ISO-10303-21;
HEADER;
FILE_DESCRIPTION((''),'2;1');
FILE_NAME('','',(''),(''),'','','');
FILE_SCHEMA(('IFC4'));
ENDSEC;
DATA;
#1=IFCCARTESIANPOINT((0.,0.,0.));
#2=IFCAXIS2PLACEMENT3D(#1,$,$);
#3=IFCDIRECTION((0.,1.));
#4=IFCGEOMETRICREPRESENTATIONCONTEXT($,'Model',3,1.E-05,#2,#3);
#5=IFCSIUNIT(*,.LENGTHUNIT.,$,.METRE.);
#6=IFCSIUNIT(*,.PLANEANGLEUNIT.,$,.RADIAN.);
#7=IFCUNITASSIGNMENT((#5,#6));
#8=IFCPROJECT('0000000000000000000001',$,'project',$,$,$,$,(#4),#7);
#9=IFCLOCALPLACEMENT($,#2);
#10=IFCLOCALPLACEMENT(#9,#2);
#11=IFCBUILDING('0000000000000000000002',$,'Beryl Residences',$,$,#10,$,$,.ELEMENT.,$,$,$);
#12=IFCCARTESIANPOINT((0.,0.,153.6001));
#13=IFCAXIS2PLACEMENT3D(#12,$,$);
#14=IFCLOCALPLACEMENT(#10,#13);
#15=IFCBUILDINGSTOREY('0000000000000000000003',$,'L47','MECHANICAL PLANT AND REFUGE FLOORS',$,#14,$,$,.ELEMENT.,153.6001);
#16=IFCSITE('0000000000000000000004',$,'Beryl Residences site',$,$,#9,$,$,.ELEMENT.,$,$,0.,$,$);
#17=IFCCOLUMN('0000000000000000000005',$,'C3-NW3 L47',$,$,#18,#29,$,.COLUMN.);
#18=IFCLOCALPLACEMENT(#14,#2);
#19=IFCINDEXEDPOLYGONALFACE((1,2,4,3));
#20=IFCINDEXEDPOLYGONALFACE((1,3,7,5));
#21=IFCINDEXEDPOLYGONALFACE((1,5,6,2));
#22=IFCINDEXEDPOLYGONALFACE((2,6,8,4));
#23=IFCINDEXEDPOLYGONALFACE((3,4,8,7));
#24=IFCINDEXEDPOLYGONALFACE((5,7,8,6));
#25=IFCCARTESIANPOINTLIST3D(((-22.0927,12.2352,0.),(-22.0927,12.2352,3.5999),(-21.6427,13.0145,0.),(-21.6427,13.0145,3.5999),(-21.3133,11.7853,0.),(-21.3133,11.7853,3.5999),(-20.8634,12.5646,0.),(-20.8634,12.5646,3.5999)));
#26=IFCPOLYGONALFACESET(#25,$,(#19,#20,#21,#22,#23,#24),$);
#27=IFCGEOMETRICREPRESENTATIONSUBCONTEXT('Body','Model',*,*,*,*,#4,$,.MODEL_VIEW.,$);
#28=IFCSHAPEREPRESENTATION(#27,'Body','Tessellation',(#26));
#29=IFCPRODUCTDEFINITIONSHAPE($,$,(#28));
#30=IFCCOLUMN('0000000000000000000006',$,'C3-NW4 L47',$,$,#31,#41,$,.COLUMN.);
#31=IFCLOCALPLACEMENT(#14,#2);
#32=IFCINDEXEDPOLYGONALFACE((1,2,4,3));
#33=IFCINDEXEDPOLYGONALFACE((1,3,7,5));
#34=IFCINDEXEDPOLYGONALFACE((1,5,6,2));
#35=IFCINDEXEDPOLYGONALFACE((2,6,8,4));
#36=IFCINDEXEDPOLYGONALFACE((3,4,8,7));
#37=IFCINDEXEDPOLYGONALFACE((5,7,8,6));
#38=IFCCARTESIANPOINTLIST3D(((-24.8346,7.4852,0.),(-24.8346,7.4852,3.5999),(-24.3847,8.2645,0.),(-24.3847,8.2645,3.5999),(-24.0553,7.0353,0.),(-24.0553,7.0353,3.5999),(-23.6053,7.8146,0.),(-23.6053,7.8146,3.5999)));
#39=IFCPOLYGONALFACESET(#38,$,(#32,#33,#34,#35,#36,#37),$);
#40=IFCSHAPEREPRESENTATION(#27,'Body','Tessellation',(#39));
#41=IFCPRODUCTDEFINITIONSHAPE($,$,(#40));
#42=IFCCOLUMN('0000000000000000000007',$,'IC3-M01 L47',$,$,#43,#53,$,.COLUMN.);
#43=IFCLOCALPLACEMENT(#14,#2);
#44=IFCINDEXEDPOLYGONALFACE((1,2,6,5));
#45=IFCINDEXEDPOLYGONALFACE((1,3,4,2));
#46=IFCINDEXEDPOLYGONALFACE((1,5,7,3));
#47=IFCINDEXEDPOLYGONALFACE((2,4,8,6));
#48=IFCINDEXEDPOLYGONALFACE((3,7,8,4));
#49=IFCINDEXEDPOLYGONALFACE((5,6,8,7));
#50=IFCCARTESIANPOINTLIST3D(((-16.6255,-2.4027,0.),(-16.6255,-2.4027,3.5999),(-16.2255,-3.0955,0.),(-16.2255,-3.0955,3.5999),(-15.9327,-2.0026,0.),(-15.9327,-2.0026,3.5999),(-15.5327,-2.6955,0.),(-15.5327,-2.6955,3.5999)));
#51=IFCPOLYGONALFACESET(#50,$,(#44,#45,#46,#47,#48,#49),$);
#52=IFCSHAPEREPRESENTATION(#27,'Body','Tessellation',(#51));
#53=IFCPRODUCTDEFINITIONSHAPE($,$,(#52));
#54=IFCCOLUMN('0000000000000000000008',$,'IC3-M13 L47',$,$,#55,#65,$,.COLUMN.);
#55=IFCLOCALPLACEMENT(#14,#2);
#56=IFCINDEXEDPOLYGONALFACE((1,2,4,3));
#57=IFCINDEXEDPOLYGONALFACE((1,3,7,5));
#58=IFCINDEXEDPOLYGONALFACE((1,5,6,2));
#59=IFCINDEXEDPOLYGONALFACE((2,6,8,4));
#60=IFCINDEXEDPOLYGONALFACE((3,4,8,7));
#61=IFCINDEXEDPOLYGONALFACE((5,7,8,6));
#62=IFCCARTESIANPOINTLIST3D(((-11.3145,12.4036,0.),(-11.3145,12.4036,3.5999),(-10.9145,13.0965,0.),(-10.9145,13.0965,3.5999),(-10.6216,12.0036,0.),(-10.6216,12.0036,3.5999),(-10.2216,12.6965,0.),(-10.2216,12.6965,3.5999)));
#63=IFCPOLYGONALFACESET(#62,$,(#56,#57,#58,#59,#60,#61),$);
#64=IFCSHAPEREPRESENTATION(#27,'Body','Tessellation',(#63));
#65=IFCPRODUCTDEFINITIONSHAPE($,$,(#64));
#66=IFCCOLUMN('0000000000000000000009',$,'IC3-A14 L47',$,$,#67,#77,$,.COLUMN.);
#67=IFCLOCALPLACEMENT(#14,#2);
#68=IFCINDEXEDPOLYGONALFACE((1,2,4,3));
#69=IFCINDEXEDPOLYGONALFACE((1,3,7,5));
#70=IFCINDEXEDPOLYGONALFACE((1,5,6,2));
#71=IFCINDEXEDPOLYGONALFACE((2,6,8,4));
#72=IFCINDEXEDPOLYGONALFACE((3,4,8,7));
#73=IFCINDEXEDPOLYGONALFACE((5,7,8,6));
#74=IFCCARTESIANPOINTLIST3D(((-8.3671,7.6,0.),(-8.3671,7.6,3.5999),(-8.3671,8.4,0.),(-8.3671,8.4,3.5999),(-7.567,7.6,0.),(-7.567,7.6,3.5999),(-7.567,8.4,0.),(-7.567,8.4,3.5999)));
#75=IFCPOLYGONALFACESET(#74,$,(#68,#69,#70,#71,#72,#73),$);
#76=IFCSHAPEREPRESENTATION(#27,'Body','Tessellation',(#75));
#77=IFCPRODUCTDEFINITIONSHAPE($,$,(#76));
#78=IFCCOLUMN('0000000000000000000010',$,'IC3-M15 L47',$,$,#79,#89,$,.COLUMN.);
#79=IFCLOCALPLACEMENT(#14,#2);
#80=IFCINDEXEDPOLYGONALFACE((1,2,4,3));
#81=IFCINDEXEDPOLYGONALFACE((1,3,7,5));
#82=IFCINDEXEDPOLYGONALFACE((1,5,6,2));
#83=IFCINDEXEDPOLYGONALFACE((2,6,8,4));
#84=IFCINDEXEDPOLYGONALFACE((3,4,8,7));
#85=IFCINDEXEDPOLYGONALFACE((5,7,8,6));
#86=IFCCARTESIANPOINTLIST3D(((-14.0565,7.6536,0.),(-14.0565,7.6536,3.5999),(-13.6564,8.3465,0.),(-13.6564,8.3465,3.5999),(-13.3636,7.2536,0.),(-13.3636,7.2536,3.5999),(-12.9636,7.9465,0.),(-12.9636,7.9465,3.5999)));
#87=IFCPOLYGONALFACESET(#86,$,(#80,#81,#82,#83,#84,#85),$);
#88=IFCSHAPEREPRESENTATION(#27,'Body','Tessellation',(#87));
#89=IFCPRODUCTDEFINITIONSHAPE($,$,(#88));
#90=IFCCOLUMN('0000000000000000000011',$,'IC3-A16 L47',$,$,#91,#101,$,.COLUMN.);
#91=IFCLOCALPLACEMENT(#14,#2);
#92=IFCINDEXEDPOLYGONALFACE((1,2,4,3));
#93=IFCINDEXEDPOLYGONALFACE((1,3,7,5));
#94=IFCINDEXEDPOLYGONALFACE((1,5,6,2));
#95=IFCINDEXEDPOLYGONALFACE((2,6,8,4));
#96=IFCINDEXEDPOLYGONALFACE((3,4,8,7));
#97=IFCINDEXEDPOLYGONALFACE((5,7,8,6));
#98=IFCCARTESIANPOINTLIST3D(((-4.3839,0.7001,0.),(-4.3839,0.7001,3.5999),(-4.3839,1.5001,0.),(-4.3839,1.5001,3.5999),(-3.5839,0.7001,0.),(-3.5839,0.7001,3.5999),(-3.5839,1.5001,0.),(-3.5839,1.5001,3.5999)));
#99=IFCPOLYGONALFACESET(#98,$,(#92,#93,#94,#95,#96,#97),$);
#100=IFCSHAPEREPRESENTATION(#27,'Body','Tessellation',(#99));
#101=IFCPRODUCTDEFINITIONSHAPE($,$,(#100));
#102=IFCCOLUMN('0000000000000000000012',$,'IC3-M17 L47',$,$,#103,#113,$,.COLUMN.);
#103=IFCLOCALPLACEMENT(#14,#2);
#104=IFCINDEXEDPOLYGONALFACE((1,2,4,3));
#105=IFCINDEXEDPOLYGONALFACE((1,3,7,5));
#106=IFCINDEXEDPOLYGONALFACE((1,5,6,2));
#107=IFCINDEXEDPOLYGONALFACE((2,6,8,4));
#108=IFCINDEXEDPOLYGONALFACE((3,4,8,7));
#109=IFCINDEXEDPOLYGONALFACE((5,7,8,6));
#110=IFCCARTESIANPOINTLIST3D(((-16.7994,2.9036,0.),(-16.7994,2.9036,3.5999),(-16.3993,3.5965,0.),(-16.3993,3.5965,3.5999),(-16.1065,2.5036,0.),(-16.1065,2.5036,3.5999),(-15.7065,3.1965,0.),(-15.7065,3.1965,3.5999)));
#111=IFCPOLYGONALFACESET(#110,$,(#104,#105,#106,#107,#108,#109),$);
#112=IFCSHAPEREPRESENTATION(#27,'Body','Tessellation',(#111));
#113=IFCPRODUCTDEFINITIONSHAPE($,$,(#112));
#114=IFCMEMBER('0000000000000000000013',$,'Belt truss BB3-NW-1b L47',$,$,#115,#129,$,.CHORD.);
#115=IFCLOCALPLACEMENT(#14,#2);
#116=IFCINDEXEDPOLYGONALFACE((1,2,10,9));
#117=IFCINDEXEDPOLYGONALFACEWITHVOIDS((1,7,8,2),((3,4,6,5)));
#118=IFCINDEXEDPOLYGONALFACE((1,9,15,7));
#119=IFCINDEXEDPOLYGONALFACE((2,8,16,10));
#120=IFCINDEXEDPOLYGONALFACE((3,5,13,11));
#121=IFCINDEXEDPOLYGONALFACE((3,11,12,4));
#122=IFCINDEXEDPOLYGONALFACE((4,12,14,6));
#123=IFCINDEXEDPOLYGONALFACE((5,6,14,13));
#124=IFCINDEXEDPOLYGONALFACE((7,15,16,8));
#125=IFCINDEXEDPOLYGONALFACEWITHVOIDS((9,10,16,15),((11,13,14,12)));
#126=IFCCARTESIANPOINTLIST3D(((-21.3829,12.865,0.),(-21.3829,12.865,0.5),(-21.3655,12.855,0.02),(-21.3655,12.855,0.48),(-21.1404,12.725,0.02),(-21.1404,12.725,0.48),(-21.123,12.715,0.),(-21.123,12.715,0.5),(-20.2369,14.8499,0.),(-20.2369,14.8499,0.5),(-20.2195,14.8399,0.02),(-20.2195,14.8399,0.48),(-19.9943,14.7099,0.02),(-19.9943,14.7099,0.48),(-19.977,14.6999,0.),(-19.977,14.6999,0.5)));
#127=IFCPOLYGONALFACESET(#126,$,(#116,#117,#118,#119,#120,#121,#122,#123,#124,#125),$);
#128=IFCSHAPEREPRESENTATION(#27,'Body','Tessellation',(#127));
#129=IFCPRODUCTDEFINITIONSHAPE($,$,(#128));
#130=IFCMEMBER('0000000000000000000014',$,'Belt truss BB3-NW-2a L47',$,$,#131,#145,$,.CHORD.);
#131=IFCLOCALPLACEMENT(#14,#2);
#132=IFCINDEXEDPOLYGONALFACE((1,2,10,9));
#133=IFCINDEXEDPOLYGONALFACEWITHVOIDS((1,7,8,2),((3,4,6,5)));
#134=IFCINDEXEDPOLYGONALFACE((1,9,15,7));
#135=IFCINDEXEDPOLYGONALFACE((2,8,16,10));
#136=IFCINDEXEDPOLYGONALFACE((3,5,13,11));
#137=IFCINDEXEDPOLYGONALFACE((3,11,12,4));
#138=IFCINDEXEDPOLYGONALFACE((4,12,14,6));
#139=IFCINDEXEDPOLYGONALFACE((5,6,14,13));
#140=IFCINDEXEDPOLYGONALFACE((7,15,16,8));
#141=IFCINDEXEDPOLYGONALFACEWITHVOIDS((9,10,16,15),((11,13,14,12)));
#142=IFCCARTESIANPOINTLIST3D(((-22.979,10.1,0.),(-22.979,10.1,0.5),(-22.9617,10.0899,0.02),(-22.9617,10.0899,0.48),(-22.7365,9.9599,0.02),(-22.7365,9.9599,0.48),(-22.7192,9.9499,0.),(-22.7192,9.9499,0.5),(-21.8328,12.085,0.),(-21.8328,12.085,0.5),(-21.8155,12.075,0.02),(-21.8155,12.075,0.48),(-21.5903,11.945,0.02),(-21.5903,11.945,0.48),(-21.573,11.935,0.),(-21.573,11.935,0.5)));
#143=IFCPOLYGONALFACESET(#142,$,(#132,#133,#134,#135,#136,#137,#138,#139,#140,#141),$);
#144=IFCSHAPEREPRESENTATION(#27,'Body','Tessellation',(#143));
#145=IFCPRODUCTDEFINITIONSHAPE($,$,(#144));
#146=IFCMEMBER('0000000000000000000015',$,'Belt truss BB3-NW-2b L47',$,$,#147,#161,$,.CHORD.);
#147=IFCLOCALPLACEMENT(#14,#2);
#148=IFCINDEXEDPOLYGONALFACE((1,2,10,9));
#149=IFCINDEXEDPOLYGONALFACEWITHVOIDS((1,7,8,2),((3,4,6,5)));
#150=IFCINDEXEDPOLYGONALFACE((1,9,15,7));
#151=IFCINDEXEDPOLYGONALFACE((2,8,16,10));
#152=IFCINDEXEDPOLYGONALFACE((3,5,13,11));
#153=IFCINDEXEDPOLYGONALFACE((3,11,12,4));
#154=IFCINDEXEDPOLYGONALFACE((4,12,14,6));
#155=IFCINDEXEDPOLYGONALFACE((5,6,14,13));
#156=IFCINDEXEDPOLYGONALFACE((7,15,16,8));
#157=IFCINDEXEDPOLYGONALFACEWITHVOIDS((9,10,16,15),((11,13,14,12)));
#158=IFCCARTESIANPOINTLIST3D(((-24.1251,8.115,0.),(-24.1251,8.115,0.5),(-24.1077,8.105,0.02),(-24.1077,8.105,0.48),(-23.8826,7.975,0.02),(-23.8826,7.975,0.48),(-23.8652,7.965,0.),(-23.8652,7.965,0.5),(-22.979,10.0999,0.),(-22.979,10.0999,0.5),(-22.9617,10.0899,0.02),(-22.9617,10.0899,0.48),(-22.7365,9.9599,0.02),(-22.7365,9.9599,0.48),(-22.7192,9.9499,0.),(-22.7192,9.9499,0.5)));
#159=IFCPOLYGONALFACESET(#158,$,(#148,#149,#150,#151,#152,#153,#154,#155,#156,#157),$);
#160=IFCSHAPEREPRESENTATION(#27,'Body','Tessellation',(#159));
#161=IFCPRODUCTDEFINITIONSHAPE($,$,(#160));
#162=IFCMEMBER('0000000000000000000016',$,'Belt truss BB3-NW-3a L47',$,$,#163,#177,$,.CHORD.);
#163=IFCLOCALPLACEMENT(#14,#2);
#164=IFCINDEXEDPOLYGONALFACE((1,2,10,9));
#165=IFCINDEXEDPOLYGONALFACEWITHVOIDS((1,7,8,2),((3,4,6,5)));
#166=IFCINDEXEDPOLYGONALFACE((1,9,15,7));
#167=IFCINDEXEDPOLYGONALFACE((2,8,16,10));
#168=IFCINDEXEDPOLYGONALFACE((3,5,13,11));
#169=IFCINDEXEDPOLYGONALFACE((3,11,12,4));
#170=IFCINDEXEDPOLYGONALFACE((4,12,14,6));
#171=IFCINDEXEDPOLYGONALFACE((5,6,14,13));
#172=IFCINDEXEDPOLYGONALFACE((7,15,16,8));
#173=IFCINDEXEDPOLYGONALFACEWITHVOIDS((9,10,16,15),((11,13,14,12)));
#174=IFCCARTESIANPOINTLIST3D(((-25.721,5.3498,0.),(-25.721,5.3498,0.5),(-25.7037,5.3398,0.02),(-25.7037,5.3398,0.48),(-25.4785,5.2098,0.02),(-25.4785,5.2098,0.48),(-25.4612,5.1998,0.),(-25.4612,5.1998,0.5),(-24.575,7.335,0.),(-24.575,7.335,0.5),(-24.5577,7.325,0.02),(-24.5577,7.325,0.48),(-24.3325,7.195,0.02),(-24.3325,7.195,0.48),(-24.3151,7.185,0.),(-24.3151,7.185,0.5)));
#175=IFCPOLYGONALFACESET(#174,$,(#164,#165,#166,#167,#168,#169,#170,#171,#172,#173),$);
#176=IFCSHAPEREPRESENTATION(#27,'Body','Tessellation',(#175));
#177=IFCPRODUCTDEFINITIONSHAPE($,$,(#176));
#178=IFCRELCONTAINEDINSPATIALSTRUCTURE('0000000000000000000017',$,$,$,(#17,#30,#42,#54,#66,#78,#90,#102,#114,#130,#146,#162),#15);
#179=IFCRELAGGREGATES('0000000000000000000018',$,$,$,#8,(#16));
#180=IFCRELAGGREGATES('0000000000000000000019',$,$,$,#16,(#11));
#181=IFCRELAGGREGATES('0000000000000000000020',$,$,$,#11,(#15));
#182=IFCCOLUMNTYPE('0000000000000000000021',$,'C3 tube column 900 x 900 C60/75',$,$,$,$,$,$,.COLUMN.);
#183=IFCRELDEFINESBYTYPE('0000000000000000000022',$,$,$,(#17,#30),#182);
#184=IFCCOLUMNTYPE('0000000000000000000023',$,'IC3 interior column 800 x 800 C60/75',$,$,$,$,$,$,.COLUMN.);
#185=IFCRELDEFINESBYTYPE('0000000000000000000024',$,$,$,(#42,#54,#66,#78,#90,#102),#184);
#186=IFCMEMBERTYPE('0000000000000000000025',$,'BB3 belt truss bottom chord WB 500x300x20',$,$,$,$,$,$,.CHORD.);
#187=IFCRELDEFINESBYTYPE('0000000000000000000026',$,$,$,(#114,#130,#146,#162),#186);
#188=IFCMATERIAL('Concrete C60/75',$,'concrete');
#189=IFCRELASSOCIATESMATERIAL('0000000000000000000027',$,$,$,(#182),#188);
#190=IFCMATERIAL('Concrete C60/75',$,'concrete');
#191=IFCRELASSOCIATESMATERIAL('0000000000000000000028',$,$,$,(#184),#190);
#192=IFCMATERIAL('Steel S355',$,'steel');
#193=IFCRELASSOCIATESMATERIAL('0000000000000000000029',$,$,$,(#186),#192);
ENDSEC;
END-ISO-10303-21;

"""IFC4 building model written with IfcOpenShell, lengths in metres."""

from ifc_helpers import new_model, si_unit, direction, frame, origin, origin_2d, place, context, subcontext, project, spatial, rectangle, hollow_rectangle, extrude, material, material_profile, profile_set, type_object, element, save


model = new_model("IFC4")

# Units and contexts
model_context = context("Model", 3, precision=1e-05, world=origin(), true_north=direction((0.0, 1.0)))
body_context = subcontext(model_context, "Body", "Model", "MODEL_VIEW")
ifc_project = project(units=[si_unit("LENGTHUNIT", "METRE"), si_unit("PLANEANGLEUNIT", "RADIAN")], contexts=[model_context])

# Site, building, storey
site_placement = place(None, origin())
site = spatial("IfcSite", under=ifc_project, at=site_placement, Name="Beryl Residences site", CompositionType="ELEMENT", RefElevation=0.0)
building_placement = place(site_placement, origin())
building = spatial("IfcBuilding", under=site, at=building_placement, Name="Beryl Residences", CompositionType="ELEMENT")
storey_placement = place(building_placement, frame((0.0, 0.0, 153.6001)))
storey = spatial("IfcBuildingStorey", under=building, at=storey_placement, Name="L47", Description="MECHANICAL PLANT AND REFUGE FLOORS", CompositionType="ELEMENT", Elevation=153.6001)

# Columns
ifc_material_1 = material(Name="Concrete C60/75", Category="concrete")
ifc_material_profile_1 = material_profile(ifc_material_1, rectangle(XDim=0.8999, YDim=0.8999, at=origin_2d()))
ifc_profile_set_1 = profile_set([ifc_material_profile_1], Name="Concrete C60/75")
column_type_1 = type_object("IfcColumnType", Name="C3 tube column 900 x 900 C60/75", PredefinedType="COLUMN", material=ifc_profile_set_1)
for number, where, z_axis, x_axis, name in (
    (1, (-21.478, 12.3999, 0.0), (0.0, 0.0, 1.0), (-0.5, -0.866025, 0.0), "C3-NW3 L47"),
    (2, (-24.22, 7.6499, 0.0), (0.0, 0.0, 1.0), (-0.5, -0.866025, 0.0), "C3-NW4 L47"),
):
    element("IfcColumn", number, at=place(storey_placement, frame(where, z_axis=z_axis, x_axis=x_axis)), inside=storey, type_object=column_type_1, Name=name, PredefinedType="COLUMN", context=body_context, shape_type="SweptSolid", body=[
        extrude(rectangle(XDim=0.8999, YDim=0.8999, at=origin_2d()), origin(), (0.0, 0.0, 1.0), 3.5999),
    ])
ifc_material_2 = material(Name="Concrete C60/75", Category="concrete")
ifc_material_profile_2 = material_profile(ifc_material_2, rectangle(XDim=0.8, YDim=0.8, at=origin_2d()))
ifc_profile_set_2 = profile_set([ifc_material_profile_2], Name="Concrete C60/75")
column_type_2 = type_object("IfcColumnType", Name="IC3 interior column 800 x 800 C60/75", PredefinedType="COLUMN", material=ifc_profile_set_2)
for number, where, z_axis, x_axis, name in (
    (3, (-16.0791, -2.5491, 0.0), (0.0, 0.0, 1.0), (0.5, -0.866025, 0.0), "IC3-M01 L47"),
    (4, (-10.7681, 12.55, 0.0), (0.0, 0.0, 1.0), (-0.5, -0.866025, 0.0), "IC3-M13 L47"),
    (5, (-7.967, 8.0, 0.0), (0.0, 0.0, 1.0), (1.0, 0.0, 0.0), "IC3-A14 L47"),
    (6, (-13.51, 7.8, 0.0), (0.0, 0.0, 1.0), (-0.5, -0.866025, 0.0), "IC3-M15 L47"),
    (7, (-3.9839, 1.1001, 0.0), (0.0, 0.0, 1.0), (1.0, 0.0, 0.0), "IC3-A16 L47"),
    (8, (-16.2529, 3.05, 0.0), (0.0, 0.0, 1.0), (-0.5, -0.866025, 0.0), "IC3-M17 L47"),
):
    element("IfcColumn", number, at=place(storey_placement, frame(where, z_axis=z_axis, x_axis=x_axis)), inside=storey, type_object=column_type_2, Name=name, PredefinedType="COLUMN", context=body_context, shape_type="SweptSolid", body=[
        extrude(rectangle(XDim=0.8, YDim=0.8, at=origin_2d()), origin(), (0.0, 0.0, 1.0), 3.5999),
    ])

# Members
ifc_material_3 = material(Name="Steel S355", Category="steel")
ifc_material_profile_3 = material_profile(ifc_material_3, hollow_rectangle(XDim=0.3, YDim=0.5, WallThickness=0.02, at=origin_2d()))
ifc_profile_set_3 = profile_set([ifc_material_profile_3], Name="Steel S355")
member_type_1 = type_object("IfcMemberType", Name="BB3 belt truss bottom chord WB 500x300x20", PredefinedType="CHORD", material=ifc_profile_set_3)
member_1_placement = place(storey_placement, frame((-20.1069, 14.7749, 0.25), z_axis=(-0.500011, -0.866019, 0.0), x_axis=(0.866019, -0.500011, 0.0)))
element("IfcMember", 9, at=member_1_placement, inside=storey, type_object=member_type_1, Name="Belt truss BB3-NW-1b L47", PredefinedType="CHORD", context=body_context, shape_type="SweptSolid", body=[
    extrude(hollow_rectangle(XDim=0.3, YDim=0.5, WallThickness=0.02, at=origin_2d()), origin(), (0.0, 0.0, 1.0), 2.292),
])
member_2_placement = place(storey_placement, frame((-21.7029, 12.01, 0.25), z_axis=(-0.500045, -0.865999, 0.0), x_axis=(0.865999, -0.500045, 0.0)))
element("IfcMember", 10, at=member_2_placement, inside=storey, type_object=member_type_1, Name="Belt truss BB3-NW-2a L47", PredefinedType="CHORD", context=body_context, shape_type="SweptSolid", body=[
    extrude(hollow_rectangle(XDim=0.3, YDim=0.5, WallThickness=0.02, at=origin_2d()), origin(), (0.0, 0.0, 1.0), 2.2922),
])
member_3_placement = place(storey_placement, frame((-22.8491, 10.0249, 0.25), z_axis=(-0.500011, -0.866019, 0.0), x_axis=(0.866019, -0.500011, 0.0)))
element("IfcMember", 11, at=member_3_placement, inside=storey, type_object=member_type_1, Name="Belt truss BB3-NW-2b L47", PredefinedType="CHORD", context=body_context, shape_type="SweptSolid", body=[
    extrude(hollow_rectangle(XDim=0.3, YDim=0.5, WallThickness=0.02, at=origin_2d()), origin(), (0.0, 0.0, 1.0), 2.292),
])
member_4_placement = place(storey_placement, frame((-24.4451, 7.26, 0.25), z_axis=(-0.499965, -0.866045, 0.0), x_axis=(0.866045, -0.499965, 0.0)))
element("IfcMember", 12, at=member_4_placement, inside=storey, type_object=member_type_1, Name="Belt truss BB3-NW-3a L47", PredefinedType="CHORD", context=body_context, shape_type="SweptSolid", body=[
    extrude(hollow_rectangle(XDim=0.3, YDim=0.5, WallThickness=0.02, at=origin_2d()), origin(), (0.0, 0.0, 1.0), 2.2922),
])

save(model, "model.ifc")
